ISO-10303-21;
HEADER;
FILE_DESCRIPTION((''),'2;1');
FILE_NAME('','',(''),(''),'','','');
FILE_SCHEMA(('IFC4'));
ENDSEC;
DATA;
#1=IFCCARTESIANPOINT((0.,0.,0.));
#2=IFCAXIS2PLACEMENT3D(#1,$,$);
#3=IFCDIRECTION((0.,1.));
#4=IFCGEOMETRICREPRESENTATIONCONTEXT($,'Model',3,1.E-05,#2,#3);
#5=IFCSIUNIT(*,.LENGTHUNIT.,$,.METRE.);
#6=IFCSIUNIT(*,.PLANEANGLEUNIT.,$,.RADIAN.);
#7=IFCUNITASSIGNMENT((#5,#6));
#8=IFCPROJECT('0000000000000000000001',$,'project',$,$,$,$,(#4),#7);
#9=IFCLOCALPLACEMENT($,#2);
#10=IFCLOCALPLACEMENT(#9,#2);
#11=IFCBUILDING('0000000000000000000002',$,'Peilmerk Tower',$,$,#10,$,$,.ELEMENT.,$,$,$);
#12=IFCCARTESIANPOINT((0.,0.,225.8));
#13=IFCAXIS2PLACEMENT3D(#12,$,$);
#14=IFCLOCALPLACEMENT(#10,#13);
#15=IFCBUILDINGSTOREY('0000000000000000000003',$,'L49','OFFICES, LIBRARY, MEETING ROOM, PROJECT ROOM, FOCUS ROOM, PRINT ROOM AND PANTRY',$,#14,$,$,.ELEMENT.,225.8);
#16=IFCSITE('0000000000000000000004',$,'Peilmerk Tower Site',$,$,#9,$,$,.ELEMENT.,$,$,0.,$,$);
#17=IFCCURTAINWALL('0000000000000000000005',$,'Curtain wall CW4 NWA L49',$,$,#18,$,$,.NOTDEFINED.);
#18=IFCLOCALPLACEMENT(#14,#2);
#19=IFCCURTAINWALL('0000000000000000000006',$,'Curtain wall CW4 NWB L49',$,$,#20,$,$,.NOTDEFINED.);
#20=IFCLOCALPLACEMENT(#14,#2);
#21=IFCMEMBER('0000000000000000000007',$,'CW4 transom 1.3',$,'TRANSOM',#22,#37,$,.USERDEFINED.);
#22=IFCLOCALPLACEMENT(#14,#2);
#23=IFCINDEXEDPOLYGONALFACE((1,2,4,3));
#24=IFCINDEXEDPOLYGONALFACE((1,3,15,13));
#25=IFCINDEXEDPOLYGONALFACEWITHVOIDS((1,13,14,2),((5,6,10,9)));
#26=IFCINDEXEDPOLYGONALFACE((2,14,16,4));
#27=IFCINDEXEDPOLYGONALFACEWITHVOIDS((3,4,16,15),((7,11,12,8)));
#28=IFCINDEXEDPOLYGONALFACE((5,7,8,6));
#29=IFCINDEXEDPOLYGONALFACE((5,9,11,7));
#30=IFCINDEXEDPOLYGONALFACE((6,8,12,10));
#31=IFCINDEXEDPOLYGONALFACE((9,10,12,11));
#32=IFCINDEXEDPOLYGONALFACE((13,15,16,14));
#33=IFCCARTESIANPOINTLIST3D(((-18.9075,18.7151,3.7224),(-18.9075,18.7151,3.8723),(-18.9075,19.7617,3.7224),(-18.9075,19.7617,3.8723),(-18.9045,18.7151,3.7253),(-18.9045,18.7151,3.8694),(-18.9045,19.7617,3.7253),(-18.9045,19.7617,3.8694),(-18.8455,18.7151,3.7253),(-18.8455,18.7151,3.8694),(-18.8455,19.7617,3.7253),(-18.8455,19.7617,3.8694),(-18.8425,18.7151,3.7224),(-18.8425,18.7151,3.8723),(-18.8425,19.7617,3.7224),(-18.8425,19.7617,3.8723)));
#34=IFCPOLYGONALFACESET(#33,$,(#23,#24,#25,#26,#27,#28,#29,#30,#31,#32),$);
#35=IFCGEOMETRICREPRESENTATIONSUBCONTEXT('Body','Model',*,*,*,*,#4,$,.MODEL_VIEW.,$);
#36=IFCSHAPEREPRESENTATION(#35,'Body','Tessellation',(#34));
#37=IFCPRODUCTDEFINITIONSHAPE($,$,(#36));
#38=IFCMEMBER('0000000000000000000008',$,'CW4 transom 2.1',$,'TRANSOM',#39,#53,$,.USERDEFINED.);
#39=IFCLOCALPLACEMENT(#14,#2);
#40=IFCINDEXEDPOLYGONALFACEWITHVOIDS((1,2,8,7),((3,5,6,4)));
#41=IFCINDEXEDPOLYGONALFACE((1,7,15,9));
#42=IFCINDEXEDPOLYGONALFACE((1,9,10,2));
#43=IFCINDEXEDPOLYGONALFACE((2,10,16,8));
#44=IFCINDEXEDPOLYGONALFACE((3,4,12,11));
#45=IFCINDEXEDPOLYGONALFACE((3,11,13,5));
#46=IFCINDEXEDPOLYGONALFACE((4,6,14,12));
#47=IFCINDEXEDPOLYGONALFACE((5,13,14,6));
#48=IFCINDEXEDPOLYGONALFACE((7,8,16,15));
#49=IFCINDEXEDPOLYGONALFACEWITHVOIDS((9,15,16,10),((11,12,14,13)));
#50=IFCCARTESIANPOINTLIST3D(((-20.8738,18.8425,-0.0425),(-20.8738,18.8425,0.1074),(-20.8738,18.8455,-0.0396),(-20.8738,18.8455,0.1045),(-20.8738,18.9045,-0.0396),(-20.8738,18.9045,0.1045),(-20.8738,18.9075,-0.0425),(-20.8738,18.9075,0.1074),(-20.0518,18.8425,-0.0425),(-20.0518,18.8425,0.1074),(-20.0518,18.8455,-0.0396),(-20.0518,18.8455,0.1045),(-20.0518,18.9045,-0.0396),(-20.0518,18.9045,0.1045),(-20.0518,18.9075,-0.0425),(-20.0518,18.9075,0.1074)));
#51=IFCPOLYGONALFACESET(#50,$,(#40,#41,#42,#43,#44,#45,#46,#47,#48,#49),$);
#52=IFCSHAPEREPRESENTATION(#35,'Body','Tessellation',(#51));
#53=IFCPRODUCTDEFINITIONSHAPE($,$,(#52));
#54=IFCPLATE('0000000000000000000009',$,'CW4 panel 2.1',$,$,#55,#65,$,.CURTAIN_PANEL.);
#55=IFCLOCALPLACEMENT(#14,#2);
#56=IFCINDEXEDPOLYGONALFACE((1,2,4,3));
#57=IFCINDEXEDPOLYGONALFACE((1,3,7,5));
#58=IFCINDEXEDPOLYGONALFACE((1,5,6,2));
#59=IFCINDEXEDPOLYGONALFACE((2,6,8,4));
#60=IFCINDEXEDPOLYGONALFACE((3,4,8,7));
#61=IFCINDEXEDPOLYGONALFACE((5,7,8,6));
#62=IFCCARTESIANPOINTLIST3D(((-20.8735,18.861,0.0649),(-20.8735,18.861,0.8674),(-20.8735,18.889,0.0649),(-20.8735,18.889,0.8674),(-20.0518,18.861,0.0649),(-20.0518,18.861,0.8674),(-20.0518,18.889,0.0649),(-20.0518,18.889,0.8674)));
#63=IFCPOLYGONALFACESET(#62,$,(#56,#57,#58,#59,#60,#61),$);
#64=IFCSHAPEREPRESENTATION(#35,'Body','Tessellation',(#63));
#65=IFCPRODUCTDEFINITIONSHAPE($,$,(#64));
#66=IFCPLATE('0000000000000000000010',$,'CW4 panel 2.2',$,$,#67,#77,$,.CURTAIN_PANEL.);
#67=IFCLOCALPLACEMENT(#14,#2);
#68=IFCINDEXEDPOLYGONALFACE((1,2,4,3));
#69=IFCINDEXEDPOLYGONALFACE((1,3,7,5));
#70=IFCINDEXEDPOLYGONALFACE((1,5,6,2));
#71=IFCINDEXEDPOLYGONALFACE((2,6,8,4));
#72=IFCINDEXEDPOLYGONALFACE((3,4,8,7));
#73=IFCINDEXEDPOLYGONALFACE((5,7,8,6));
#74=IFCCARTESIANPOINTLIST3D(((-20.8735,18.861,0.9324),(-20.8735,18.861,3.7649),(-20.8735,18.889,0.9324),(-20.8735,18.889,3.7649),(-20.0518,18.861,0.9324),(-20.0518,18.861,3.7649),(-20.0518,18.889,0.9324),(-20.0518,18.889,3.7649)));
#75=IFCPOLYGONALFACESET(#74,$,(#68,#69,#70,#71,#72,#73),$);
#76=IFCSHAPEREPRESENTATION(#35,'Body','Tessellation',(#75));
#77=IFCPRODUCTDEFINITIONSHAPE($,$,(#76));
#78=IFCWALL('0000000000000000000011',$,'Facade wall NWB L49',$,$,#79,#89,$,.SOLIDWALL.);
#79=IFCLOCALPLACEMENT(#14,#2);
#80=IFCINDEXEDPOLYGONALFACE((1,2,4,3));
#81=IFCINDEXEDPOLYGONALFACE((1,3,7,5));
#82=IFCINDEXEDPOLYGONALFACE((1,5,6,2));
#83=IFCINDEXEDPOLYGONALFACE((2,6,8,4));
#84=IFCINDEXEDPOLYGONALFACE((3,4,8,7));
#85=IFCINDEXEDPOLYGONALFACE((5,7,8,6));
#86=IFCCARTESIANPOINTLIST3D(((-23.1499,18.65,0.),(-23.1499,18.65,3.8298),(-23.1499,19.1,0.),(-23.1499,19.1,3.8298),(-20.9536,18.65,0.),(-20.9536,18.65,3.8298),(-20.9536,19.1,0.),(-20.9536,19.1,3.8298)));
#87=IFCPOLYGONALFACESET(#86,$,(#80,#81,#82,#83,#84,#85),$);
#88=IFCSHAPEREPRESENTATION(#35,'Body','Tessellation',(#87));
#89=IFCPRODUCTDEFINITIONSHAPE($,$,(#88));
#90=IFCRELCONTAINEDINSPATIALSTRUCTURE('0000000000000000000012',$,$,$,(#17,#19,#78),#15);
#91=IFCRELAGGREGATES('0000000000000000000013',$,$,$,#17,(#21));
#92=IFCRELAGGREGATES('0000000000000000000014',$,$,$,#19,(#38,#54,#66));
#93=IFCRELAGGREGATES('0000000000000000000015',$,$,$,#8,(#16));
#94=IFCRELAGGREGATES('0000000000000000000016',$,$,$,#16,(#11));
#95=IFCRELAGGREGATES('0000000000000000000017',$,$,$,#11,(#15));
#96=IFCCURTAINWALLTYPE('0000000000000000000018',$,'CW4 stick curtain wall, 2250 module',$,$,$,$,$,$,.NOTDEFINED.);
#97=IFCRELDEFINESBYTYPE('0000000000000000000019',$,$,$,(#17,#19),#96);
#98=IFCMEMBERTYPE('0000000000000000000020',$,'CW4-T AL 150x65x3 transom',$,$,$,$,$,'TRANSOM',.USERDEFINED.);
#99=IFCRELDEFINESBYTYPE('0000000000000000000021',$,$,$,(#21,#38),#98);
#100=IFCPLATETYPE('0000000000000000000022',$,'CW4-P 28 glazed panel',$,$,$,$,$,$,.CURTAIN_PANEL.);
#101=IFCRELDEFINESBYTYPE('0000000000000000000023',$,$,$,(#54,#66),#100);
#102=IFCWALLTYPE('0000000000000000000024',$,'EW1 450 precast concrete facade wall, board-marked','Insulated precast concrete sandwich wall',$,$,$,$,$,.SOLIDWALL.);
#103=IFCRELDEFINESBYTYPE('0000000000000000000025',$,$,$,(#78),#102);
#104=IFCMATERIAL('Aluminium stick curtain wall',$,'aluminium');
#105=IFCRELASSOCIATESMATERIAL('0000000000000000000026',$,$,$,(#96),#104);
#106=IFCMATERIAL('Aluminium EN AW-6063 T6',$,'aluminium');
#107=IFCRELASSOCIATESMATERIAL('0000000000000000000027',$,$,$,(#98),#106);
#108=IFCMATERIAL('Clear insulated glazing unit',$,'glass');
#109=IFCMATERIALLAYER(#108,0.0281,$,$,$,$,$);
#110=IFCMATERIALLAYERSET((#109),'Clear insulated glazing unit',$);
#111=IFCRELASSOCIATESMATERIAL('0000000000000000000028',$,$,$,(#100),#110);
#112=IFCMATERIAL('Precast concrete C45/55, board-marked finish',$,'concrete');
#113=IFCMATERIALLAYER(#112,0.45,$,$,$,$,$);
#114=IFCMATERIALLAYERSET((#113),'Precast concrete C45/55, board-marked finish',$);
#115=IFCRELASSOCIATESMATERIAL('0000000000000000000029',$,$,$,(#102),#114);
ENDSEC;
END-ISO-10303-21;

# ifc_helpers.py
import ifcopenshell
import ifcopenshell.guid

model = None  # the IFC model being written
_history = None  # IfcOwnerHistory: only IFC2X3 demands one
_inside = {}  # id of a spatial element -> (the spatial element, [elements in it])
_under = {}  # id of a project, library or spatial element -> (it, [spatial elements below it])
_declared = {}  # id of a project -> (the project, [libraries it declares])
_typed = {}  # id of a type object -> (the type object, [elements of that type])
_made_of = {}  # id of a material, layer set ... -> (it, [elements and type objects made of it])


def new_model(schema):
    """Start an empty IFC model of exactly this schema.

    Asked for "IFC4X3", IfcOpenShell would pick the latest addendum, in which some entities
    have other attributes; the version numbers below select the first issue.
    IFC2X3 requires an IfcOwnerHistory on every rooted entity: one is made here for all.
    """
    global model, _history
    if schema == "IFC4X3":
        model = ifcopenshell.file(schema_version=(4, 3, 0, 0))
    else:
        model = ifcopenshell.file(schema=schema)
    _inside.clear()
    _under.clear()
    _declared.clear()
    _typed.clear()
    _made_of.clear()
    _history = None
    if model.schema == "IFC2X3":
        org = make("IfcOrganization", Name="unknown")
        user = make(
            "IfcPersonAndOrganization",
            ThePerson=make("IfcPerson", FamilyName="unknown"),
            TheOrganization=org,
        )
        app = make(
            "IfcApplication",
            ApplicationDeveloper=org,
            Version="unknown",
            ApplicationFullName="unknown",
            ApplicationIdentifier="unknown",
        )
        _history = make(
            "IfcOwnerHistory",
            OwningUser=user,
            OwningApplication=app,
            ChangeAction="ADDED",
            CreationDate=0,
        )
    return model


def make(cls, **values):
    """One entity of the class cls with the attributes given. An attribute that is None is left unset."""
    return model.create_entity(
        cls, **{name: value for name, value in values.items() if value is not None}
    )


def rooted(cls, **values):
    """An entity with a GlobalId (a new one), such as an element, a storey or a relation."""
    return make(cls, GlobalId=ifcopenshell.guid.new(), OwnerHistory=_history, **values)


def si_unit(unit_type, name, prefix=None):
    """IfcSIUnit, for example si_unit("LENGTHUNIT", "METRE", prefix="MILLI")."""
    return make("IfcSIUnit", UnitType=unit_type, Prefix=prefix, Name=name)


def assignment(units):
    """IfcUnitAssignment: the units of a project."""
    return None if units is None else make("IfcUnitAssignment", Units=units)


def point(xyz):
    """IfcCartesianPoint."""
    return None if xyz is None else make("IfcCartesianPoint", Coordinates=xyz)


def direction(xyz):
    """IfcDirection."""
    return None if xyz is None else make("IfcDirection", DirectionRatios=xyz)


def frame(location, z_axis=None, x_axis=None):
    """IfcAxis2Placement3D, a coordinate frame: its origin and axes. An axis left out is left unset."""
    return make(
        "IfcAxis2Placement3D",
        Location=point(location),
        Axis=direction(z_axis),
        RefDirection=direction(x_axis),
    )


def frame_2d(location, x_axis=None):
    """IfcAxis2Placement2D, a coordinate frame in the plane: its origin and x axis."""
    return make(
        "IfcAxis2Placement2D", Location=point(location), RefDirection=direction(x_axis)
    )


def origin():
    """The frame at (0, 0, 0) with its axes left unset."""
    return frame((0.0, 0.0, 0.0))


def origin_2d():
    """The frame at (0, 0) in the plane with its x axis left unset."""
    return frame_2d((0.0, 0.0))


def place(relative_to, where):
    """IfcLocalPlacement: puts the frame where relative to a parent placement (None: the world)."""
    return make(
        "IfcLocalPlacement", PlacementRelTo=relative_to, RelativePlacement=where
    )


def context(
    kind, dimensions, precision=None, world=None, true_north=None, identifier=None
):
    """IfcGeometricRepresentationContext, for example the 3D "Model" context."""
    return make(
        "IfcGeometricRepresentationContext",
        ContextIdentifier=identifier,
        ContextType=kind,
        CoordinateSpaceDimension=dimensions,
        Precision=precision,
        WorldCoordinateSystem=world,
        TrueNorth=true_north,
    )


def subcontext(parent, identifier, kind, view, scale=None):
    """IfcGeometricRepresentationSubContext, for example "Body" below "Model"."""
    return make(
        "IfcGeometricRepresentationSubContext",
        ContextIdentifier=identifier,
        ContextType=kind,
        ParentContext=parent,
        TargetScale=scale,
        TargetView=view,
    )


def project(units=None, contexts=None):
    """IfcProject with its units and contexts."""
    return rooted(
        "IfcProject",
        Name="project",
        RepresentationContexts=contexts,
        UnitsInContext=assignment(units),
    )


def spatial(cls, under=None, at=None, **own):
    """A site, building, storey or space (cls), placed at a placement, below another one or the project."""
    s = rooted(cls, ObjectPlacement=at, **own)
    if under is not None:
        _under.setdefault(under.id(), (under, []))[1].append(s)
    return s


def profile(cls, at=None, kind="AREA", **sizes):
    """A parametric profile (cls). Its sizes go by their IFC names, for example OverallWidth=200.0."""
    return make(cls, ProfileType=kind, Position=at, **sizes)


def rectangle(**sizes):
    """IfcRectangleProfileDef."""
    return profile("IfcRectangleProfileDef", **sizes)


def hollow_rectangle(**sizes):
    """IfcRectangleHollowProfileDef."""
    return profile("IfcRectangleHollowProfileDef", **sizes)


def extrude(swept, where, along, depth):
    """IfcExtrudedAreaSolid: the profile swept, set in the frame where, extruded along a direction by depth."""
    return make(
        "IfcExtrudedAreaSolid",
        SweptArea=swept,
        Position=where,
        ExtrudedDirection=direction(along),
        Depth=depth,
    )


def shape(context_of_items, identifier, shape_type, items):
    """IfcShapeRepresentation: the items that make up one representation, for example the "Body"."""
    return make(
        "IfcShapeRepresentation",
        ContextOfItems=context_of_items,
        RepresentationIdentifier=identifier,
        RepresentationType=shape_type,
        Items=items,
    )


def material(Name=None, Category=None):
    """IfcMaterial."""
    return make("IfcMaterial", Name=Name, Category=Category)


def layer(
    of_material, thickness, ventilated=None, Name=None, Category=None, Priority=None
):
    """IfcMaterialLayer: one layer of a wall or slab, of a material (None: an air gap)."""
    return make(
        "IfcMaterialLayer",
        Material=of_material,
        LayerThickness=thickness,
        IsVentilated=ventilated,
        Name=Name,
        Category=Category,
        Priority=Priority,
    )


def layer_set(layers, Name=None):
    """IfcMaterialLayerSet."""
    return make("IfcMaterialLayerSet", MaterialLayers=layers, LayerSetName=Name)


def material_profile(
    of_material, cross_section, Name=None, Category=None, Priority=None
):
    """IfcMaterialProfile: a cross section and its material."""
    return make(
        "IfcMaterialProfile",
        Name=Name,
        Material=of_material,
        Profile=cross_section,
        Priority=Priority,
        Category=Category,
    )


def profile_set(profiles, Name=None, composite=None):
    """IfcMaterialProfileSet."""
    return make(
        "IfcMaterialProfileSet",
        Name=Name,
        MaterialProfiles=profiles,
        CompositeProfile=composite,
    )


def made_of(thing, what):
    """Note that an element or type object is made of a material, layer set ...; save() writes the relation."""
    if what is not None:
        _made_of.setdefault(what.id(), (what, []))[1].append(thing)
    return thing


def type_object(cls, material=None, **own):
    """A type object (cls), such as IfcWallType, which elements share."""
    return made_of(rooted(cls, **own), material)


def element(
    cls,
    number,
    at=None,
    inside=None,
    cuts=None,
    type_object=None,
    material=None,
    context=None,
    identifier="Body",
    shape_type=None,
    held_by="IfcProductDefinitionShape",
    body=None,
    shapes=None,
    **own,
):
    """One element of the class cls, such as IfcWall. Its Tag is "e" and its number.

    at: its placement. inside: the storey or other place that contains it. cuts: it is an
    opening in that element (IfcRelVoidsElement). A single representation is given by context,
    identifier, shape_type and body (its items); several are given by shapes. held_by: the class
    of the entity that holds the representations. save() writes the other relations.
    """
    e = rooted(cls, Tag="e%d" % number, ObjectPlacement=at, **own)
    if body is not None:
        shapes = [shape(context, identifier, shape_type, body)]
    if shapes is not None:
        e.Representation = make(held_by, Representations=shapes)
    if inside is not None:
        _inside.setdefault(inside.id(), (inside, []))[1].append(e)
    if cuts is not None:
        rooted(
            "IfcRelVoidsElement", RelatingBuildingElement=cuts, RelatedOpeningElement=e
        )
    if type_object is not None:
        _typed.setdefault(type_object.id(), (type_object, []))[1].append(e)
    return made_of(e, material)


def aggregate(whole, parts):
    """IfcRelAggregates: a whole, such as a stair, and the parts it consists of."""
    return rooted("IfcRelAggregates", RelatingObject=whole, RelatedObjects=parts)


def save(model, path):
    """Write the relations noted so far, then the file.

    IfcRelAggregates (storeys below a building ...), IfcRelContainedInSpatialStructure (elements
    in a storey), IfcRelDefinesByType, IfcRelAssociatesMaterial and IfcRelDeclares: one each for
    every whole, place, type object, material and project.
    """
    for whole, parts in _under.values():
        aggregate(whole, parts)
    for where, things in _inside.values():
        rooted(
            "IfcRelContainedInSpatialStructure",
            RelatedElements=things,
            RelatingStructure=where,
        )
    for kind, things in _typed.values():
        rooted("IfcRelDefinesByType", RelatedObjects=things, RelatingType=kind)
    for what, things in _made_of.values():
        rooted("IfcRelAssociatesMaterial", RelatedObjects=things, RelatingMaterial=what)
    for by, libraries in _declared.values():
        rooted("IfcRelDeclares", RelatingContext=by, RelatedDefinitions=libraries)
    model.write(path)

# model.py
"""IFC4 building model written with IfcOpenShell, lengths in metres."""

from ifc_helpers import new_model, si_unit, direction, frame, frame_2d, origin, origin_2d, place, context, subcontext, project, spatial, rectangle, hollow_rectangle, extrude, material, layer, layer_set, material_profile, profile_set, type_object, element, aggregate, save


model = new_model("IFC4")

# Units and contexts
model_context = context("Model", 3, precision=1e-05, world=origin(), true_north=direction((0.0, 1.0)))
body_context = subcontext(model_context, "Body", "Model", "MODEL_VIEW")
ifc_project = project(units=[si_unit("LENGTHUNIT", "METRE"), si_unit("PLANEANGLEUNIT", "RADIAN")], contexts=[model_context])

# Site, building, storey
site_placement = place(None, origin())
site = spatial("IfcSite", under=ifc_project, at=site_placement, Name="Peilmerk Tower Site", CompositionType="ELEMENT", RefElevation=0.0)
building_placement = place(site_placement, origin())
building = spatial("IfcBuilding", under=site, at=building_placement, Name="Peilmerk Tower", CompositionType="ELEMENT")
storey_placement = place(building_placement, frame((0.0, 0.0, 225.8)))
storey = spatial("IfcBuildingStorey", under=building, at=storey_placement, Name="L49", Description="OFFICES, LIBRARY, MEETING ROOM, PROJECT ROOM, FOCUS ROOM, PRINT ROOM AND PANTRY", CompositionType="ELEMENT", Elevation=225.8)

# Curtain walls
ifc_material_1 = material(Name="Aluminium stick curtain wall", Category="aluminium")
curtain_wall_type = type_object("IfcCurtainWallType", Name="CW4 stick curtain wall, 2250 module", PredefinedType="NOTDEFINED", material=ifc_material_1)
curtain_wall_1_placement = place(storey_placement, origin())
curtain_wall_1 = element("IfcCurtainWall", 1, at=curtain_wall_1_placement, inside=storey, type_object=curtain_wall_type, Name="Curtain wall CW4 NWA L49", PredefinedType="NOTDEFINED")
ifc_material_2 = material(Name="Aluminium EN AW-6063 T6", Category="aluminium")
curtain_wall_2_placement = place(storey_placement, origin())
curtain_wall_2 = element("IfcCurtainWall", 2, at=curtain_wall_2_placement, inside=storey, type_object=curtain_wall_type, Name="Curtain wall CW4 NWB L49", PredefinedType="NOTDEFINED")

# Members
ifc_material_profile_1 = material_profile(ifc_material_2, hollow_rectangle(XDim=0.0649, YDim=0.1499, WallThickness=0.0029, at=origin_2d()), Name="AL 150x65x3")
ifc_profile_set_1 = profile_set([ifc_material_profile_1], Name="Aluminium EN AW-6063 T6")
member_type_1 = type_object("IfcMemberType", Name="CW4-T AL 150x65x3 transom", ElementType="TRANSOM", PredefinedType="USERDEFINED", material=ifc_profile_set_1)
member_1_placement = place(storey_placement, frame((-18.875, 18.7151, 3.7974), z_axis=(0.0, 1.0, 0.0), x_axis=(-1.0, 0.0, 0.0)))
member_1 = element("IfcMember", 3, at=member_1_placement, type_object=member_type_1, Name="CW4 transom 1.3", ObjectType="TRANSOM", PredefinedType="USERDEFINED", context=body_context, shape_type="SweptSolid", body=[
    extrude(hollow_rectangle(XDim=0.0649, YDim=0.1499, WallThickness=0.0029, at=origin_2d()), origin(), (0.0, 0.0, 1.0), 1.0466),
])
aggregate(curtain_wall_1, [member_1])
member_2_placement = place(storey_placement, frame((-20.0518, 18.875, 0.0325), z_axis=(-1.0, 0.0, 0.0), x_axis=(0.0, -1.0, 0.0)))
member_2 = element("IfcMember", 4, at=member_2_placement, type_object=member_type_1, Name="CW4 transom 2.1", ObjectType="TRANSOM", PredefinedType="USERDEFINED", context=body_context, shape_type="SweptSolid", body=[
    extrude(hollow_rectangle(XDim=0.0649, YDim=0.1499, WallThickness=0.0029, at=origin_2d()), origin(), (0.0, 0.0, 1.0), 0.822),
])

# Plates
ifc_material_3 = material(Name="Clear insulated glazing unit", Category="glass")
ifc_layer_1 = layer(ifc_material_3, 0.0281)
ifc_layer_set_1 = layer_set([ifc_layer_1], Name="Clear insulated glazing unit")
plate_type = type_object("IfcPlateType", Name="CW4-P 28 glazed panel", PredefinedType="CURTAIN_PANEL", material=ifc_layer_set_1)
plate_1_placement = place(storey_placement, frame((-20.4626, 18.875, 0.0649), z_axis=(0.0, 0.0, 1.0), x_axis=(-1.0, 0.0, 0.0)))
plate_1 = element("IfcPlate", 5, at=plate_1_placement, type_object=plate_type, Name="CW4 panel 2.1", PredefinedType="CURTAIN_PANEL", context=body_context, shape_type="SweptSolid", body=[
    extrude(rectangle(XDim=0.8218, YDim=0.0281, at=origin_2d()), origin(), (0.0, 0.0, 1.0), 0.8025),
])
plate_2_placement = place(storey_placement, frame((-20.4626, 18.875, 0.9324), z_axis=(0.0, 0.0, 1.0), x_axis=(-1.0, 0.0, 0.0)))
plate_2 = element("IfcPlate", 6, at=plate_2_placement, type_object=plate_type, Name="CW4 panel 2.2", PredefinedType="CURTAIN_PANEL", context=body_context, shape_type="SweptSolid", body=[
    extrude(rectangle(XDim=0.8218, YDim=0.0281, at=origin_2d()), origin(), (0.0, 0.0, 1.0), 2.8325),
])
aggregate(curtain_wall_2, [member_2, plate_1, plate_2])

# Wall
ifc_material_4 = material(Name="Precast concrete C45/55, board-marked finish", Category="concrete")
ifc_layer_2 = layer(ifc_material_4, 0.45)
ifc_layer_set_2 = layer_set([ifc_layer_2], Name="Precast concrete C45/55, board-marked finish")
wall_type_1 = type_object("IfcWallType", Name="EW1 450 precast concrete facade wall, board-marked", Description="Insulated precast concrete sandwich wall", PredefinedType="SOLIDWALL", material=ifc_layer_set_2)
wall_1_placement = place(storey_placement, frame((-20.9536, 18.875, 0.0), z_axis=(0.0, 0.0, 1.0), x_axis=(-1.0, 0.0, 0.0)))
element("IfcWall", 7, at=wall_1_placement, inside=storey, type_object=wall_type_1, Name="Facade wall NWB L49", PredefinedType="SOLIDWALL", context=body_context, shape_type="SweptSolid", body=[
    extrude(rectangle(XDim=2.1963, YDim=0.45, at=frame_2d((1.0981, 0.0))), origin(), (0.0, 0.0, 1.0), 3.8298),
])

save(model, "model.ifc")
